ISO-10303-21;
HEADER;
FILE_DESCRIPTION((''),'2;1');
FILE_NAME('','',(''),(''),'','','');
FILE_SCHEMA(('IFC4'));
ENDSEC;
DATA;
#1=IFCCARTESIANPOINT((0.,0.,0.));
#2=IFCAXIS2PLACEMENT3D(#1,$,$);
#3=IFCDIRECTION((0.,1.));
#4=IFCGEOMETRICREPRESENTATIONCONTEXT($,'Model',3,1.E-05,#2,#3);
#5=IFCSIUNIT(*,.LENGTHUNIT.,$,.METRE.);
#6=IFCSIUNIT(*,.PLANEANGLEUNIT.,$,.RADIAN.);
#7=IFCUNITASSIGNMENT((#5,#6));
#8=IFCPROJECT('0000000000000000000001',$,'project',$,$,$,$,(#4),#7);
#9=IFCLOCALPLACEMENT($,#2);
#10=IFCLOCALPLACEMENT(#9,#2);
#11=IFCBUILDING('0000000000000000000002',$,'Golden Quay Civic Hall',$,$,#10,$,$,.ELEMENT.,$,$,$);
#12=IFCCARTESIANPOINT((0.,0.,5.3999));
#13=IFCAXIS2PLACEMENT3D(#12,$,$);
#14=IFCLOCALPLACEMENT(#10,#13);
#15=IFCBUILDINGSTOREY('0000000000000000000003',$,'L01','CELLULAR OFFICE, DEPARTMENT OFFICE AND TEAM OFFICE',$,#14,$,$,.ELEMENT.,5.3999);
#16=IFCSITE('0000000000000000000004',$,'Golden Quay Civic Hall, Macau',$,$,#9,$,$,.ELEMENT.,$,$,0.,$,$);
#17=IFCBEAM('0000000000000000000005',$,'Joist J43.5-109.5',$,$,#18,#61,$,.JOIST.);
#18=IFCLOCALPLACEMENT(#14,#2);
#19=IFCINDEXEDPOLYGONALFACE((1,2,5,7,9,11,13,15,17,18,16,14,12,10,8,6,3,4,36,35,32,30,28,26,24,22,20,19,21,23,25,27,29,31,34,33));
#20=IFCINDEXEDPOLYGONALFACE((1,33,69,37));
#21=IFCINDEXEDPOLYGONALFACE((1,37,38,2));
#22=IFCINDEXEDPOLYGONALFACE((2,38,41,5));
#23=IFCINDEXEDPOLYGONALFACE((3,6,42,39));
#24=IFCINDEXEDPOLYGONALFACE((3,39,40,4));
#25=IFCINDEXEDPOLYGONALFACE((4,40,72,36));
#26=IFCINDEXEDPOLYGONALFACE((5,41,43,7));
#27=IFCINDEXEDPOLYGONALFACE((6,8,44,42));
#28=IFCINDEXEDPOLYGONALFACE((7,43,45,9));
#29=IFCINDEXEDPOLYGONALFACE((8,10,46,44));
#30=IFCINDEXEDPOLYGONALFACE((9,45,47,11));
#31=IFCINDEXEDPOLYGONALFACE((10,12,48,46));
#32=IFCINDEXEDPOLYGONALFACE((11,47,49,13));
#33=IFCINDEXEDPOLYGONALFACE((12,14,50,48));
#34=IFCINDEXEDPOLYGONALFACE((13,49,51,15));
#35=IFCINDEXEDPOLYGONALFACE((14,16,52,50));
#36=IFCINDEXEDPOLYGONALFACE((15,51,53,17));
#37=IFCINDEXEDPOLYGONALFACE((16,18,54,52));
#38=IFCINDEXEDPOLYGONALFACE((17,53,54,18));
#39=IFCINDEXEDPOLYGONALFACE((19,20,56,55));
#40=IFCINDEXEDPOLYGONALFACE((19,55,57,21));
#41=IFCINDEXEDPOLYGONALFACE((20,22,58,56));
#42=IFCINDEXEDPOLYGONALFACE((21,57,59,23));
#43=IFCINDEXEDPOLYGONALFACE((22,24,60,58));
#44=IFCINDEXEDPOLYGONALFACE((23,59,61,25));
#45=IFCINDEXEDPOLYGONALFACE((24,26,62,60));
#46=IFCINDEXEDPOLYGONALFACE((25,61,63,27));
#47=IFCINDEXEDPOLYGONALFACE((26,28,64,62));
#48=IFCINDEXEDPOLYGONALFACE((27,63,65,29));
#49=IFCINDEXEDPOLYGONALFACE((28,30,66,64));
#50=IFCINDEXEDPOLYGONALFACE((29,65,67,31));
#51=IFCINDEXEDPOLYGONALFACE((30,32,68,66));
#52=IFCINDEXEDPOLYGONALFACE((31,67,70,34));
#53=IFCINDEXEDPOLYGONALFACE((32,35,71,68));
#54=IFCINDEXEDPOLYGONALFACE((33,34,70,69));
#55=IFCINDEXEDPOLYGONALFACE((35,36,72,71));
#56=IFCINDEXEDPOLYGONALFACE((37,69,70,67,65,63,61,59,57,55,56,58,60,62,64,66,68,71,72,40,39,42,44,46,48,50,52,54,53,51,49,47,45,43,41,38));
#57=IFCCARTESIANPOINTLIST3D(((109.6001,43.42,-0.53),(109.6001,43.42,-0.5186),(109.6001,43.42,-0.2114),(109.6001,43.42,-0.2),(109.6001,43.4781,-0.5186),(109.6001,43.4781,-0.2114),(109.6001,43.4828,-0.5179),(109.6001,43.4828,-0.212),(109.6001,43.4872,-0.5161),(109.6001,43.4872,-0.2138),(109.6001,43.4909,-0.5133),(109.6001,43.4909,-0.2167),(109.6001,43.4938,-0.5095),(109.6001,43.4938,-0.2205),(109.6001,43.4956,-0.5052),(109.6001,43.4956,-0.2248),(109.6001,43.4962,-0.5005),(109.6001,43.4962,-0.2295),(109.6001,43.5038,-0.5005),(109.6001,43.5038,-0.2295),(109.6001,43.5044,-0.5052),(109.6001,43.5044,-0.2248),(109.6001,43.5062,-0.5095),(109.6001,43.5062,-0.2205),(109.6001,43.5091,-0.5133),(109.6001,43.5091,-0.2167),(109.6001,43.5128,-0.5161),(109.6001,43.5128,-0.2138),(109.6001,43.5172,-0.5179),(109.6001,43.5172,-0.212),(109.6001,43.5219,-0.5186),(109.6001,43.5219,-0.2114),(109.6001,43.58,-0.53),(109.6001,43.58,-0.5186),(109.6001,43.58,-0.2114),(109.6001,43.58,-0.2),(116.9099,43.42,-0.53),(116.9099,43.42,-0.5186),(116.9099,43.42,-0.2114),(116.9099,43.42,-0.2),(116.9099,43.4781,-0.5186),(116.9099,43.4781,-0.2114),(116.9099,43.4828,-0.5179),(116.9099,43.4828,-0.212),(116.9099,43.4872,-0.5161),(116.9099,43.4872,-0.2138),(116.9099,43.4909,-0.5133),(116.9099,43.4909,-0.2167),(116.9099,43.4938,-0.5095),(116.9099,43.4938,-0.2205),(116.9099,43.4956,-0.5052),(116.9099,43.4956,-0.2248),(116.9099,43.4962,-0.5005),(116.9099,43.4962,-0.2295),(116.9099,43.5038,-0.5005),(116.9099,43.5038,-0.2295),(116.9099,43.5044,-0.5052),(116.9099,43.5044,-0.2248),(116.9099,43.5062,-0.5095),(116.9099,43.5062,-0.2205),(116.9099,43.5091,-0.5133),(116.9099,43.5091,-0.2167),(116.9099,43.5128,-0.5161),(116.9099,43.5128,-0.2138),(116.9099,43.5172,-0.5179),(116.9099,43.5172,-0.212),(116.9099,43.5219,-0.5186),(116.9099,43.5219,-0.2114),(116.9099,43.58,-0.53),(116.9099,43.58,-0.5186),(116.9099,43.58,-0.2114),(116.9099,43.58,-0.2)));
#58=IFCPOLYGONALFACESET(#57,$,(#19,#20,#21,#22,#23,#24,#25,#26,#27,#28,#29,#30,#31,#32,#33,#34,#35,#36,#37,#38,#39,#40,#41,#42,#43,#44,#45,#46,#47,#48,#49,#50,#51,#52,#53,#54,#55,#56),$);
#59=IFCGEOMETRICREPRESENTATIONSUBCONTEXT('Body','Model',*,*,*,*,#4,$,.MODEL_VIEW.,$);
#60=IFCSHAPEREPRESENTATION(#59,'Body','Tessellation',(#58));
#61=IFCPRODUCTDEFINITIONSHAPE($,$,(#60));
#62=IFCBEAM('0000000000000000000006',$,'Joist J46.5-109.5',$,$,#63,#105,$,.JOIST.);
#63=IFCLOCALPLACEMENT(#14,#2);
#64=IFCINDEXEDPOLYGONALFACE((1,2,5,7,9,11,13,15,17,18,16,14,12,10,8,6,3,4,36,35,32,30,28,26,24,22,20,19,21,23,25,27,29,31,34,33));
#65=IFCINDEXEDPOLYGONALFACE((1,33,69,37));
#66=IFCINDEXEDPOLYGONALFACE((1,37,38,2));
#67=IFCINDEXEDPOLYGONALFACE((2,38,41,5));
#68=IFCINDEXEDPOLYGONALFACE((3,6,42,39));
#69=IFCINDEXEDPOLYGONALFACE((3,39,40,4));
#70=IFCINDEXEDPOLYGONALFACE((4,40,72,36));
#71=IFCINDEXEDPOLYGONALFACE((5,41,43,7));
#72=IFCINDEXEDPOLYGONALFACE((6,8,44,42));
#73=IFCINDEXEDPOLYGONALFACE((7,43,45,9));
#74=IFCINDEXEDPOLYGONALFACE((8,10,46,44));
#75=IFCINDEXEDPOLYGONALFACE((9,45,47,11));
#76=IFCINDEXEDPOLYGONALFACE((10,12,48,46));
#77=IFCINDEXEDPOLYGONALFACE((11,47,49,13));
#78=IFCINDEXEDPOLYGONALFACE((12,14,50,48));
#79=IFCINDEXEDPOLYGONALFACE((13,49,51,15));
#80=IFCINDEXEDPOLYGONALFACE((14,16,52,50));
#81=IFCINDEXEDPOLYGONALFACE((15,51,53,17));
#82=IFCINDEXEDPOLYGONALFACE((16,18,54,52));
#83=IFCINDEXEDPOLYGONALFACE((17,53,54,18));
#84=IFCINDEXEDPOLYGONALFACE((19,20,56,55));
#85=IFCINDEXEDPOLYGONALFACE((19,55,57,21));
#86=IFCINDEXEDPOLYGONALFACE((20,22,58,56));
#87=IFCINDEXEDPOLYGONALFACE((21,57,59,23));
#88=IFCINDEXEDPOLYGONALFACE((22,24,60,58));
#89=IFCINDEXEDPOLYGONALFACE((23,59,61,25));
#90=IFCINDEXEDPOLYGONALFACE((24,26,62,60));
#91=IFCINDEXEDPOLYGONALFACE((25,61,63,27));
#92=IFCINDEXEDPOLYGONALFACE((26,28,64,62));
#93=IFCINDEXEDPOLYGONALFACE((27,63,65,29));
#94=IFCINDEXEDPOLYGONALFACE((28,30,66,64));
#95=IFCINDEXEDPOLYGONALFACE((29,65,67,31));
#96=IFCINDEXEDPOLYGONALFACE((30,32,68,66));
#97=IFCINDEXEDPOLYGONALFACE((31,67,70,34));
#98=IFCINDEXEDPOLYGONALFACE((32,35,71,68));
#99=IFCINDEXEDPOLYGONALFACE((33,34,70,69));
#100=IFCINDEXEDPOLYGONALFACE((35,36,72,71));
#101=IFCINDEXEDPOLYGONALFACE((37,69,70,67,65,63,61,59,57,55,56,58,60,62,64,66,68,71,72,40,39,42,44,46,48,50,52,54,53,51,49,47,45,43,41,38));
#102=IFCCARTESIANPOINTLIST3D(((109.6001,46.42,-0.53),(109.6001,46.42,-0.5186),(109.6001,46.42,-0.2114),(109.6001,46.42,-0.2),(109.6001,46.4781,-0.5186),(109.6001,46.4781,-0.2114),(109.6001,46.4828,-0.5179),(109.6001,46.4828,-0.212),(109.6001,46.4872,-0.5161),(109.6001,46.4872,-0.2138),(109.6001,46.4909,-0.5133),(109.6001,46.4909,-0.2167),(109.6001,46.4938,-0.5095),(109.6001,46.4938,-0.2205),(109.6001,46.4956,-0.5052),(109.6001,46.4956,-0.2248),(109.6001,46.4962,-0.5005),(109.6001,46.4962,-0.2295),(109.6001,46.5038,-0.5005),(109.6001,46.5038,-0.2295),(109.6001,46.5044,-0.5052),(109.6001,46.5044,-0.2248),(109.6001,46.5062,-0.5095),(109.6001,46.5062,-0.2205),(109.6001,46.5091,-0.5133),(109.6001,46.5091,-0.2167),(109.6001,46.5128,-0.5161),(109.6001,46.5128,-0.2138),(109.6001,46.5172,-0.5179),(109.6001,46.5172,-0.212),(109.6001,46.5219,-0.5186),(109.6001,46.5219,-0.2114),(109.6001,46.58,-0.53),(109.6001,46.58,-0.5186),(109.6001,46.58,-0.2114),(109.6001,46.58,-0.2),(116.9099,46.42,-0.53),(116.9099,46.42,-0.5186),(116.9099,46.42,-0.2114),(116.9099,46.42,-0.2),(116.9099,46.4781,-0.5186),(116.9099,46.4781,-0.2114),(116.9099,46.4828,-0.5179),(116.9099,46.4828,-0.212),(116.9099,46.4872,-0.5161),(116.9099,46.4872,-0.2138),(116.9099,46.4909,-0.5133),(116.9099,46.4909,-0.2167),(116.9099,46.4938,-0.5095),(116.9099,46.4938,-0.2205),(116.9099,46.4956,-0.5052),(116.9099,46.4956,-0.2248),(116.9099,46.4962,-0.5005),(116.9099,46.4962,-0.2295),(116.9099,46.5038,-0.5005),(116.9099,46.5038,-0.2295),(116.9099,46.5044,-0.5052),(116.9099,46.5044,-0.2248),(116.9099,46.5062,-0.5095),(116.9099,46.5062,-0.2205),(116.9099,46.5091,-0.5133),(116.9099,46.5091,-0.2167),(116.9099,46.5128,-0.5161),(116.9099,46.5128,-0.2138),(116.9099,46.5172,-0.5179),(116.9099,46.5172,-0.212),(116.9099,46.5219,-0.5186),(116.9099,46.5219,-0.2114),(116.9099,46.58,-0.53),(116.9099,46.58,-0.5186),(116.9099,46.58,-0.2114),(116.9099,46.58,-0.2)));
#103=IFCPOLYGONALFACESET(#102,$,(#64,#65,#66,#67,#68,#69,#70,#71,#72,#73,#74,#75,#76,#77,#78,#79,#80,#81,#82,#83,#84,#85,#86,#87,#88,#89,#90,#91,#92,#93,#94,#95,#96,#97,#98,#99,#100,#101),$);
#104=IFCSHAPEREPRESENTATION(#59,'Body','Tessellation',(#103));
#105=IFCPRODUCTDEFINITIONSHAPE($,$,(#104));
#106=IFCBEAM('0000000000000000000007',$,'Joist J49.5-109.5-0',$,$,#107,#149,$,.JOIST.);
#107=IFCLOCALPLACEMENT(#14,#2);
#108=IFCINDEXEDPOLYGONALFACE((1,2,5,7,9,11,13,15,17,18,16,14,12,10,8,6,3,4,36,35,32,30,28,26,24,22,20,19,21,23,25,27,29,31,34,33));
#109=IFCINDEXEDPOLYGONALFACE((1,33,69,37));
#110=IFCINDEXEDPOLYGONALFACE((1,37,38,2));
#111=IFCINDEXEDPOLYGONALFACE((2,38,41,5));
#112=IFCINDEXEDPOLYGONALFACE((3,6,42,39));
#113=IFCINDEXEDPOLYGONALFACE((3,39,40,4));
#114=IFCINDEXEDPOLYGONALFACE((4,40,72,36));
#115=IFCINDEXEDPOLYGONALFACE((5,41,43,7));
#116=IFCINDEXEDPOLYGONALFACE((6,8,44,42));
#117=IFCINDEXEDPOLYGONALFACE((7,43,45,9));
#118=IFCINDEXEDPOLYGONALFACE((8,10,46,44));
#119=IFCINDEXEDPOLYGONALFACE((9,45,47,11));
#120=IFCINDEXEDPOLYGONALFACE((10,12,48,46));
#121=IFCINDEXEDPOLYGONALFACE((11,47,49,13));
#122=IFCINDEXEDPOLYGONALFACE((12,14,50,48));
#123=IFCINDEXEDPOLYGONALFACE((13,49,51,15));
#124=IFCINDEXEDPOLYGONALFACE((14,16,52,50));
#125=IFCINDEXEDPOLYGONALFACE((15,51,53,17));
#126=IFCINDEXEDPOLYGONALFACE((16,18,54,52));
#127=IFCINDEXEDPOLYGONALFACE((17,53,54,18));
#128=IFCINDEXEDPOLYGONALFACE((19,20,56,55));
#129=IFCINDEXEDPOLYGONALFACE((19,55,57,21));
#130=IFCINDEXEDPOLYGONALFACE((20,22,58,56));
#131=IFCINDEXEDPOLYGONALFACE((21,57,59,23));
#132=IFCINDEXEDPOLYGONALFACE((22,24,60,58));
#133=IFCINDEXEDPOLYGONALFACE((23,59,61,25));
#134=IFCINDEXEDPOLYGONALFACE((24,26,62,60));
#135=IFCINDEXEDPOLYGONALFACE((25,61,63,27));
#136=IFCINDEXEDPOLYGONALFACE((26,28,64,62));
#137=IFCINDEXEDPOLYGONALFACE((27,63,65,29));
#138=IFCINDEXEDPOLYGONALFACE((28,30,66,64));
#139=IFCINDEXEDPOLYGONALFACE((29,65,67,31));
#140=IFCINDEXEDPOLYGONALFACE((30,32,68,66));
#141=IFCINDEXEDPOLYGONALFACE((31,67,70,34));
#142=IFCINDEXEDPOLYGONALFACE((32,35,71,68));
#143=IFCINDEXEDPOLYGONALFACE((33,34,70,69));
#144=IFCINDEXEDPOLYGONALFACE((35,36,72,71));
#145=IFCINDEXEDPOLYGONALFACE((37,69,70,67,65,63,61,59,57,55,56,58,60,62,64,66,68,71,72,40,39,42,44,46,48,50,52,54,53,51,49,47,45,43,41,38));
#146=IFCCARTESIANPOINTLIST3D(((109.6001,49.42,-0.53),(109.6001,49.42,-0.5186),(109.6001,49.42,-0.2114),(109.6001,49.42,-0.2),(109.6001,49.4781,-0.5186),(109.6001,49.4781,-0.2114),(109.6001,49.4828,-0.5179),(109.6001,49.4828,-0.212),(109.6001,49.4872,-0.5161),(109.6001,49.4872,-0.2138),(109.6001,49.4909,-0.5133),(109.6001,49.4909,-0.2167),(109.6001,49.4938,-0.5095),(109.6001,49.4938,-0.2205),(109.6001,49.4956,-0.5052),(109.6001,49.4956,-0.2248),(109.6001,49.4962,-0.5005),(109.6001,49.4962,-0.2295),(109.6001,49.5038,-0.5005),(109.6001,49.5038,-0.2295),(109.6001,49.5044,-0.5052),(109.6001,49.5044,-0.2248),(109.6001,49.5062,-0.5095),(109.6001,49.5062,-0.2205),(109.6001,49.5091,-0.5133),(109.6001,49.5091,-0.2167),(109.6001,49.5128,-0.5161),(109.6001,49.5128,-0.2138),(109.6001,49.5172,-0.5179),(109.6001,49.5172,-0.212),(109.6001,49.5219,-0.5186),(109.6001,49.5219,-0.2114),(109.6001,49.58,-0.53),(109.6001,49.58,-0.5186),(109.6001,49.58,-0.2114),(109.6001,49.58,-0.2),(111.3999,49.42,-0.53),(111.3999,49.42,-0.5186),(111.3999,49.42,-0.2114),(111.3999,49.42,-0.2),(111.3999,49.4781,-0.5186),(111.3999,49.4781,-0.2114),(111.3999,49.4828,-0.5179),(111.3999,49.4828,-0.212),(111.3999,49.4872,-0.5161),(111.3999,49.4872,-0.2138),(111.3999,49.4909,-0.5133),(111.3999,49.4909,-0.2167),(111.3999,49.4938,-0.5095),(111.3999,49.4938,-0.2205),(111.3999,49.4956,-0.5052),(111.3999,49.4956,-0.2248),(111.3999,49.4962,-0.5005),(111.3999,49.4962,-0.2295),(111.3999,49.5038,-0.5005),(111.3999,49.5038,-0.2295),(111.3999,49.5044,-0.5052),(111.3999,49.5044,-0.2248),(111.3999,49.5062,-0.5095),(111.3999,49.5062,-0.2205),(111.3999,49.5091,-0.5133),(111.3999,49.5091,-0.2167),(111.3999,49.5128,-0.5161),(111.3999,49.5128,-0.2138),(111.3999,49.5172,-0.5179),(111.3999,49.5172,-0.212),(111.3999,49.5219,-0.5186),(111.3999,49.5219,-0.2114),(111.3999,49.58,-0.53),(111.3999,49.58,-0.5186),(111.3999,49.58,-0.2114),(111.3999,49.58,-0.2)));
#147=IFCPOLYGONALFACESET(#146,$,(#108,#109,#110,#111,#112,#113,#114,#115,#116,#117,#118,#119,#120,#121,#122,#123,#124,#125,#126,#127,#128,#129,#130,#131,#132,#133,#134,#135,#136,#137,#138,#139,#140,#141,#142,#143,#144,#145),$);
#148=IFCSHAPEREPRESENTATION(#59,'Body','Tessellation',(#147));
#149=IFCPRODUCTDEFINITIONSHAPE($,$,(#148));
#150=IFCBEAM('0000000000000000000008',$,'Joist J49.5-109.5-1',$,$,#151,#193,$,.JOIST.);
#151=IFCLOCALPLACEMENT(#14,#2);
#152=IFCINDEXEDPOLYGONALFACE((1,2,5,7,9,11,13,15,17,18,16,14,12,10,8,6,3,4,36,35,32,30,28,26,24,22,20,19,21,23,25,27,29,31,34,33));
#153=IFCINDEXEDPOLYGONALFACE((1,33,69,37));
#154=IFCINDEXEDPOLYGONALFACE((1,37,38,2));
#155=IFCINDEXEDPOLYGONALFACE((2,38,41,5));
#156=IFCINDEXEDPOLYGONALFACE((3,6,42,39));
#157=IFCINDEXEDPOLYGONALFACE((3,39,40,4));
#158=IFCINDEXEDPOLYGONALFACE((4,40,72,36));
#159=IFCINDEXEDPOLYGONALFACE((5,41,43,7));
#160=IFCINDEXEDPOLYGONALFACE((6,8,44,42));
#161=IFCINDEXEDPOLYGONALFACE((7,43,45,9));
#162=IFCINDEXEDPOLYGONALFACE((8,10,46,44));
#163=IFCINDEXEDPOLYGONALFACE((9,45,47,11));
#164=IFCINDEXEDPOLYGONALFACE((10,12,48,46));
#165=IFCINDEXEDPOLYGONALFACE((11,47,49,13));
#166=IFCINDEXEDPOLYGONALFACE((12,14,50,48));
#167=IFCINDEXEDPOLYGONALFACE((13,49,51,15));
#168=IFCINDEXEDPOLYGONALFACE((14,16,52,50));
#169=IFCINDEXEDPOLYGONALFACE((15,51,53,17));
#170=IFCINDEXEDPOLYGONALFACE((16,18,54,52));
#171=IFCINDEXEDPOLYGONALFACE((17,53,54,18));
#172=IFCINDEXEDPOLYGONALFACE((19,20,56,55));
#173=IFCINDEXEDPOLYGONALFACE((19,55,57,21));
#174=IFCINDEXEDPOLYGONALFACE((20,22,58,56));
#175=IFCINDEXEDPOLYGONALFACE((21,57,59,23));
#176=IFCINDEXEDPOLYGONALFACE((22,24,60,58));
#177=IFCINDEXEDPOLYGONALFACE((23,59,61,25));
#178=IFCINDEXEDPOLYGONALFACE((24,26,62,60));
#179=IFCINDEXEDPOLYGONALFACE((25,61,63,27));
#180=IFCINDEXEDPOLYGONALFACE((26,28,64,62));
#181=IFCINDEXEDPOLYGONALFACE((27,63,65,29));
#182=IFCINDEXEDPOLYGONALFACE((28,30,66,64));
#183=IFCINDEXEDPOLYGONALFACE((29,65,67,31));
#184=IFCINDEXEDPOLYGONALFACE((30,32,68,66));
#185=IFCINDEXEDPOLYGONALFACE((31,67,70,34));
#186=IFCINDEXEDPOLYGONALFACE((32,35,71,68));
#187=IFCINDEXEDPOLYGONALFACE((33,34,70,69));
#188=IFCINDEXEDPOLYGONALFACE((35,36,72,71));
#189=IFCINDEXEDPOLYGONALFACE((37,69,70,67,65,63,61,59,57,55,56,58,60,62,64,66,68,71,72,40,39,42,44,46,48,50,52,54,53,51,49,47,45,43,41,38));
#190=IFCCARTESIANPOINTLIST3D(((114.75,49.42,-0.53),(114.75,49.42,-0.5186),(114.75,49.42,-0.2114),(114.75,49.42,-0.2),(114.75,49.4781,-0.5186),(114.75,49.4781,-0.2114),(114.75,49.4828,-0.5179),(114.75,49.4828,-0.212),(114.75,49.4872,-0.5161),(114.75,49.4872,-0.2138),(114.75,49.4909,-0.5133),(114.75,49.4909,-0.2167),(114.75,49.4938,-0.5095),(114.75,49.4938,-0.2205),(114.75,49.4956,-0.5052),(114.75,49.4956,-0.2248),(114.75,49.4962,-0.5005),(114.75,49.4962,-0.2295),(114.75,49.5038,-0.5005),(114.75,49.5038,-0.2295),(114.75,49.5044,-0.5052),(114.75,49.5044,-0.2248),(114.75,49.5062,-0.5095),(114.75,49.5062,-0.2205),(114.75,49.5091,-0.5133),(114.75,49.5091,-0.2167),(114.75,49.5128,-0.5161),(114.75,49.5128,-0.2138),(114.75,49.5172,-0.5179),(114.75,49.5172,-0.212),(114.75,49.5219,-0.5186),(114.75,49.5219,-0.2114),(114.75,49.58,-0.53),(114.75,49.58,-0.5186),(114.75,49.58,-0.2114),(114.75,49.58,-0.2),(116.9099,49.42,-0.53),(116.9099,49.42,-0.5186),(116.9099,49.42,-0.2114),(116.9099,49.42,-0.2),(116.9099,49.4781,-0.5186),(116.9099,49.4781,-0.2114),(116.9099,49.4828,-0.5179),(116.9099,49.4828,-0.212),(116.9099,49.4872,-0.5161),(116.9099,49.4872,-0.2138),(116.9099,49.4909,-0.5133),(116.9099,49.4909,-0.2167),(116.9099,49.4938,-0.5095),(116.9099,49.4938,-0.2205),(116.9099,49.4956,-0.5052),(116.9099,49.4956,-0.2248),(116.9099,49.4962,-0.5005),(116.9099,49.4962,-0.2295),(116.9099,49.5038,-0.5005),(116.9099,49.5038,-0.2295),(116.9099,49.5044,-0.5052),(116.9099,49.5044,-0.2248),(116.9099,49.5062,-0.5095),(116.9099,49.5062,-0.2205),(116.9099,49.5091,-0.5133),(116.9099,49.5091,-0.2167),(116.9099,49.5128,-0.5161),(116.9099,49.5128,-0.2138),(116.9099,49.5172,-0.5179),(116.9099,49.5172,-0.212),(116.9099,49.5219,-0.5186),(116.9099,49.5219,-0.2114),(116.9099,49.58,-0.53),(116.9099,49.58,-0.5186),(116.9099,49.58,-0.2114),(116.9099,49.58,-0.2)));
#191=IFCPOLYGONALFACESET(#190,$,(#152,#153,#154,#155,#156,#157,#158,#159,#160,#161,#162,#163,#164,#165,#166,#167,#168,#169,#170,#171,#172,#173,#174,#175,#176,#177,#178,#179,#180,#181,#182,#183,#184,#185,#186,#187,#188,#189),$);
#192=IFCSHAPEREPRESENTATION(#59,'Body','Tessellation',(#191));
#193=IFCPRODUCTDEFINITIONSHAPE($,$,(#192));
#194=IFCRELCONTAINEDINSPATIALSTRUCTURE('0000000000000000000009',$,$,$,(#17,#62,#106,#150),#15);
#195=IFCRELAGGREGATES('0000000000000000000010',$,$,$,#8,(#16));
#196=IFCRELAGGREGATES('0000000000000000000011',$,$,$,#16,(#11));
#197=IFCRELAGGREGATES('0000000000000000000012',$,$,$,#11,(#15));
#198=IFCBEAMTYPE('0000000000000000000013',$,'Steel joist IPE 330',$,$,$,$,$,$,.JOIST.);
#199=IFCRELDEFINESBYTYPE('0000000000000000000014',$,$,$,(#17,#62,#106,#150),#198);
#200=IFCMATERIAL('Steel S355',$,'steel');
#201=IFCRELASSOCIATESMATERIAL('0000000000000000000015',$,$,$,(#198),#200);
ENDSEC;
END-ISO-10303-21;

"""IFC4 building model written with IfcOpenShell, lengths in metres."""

from ifc_helpers import new_model, si_unit, direction, frame, origin, origin_2d, place, context, subcontext, project, spatial, i_section, extrude, material, material_profile, profile_set, type_object, element, save


model = new_model("IFC4")

# Units and contexts
model_context = context("Model", 3, precision=1e-05, world=origin(), true_north=direction((0.0, 1.0)))
body_context = subcontext(model_context, "Body", "Model", "MODEL_VIEW")
ifc_project = project(units=[si_unit("LENGTHUNIT", "METRE"), si_unit("PLANEANGLEUNIT", "RADIAN")], contexts=[model_context])

# Site, building, storey
site_placement = place(None, origin())
site = spatial("IfcSite", under=ifc_project, at=site_placement, Name="Golden Quay Civic Hall, Macau", CompositionType="ELEMENT", RefElevation=0.0)
building_placement = place(site_placement, origin())
building = spatial("IfcBuilding", under=site, at=building_placement, Name="Golden Quay Civic Hall", CompositionType="ELEMENT")
storey_placement = place(building_placement, frame((0.0, 0.0, 5.3999)))
storey = spatial("IfcBuildingStorey", under=building, at=storey_placement, Name="L01", Description="CELLULAR OFFICE, DEPARTMENT OFFICE AND TEAM OFFICE", CompositionType="ELEMENT", Elevation=5.3999)

# Beams
ifc_material_1 = material(Name="Steel S355", Category="steel")
ifc_material_profile_1 = material_profile(ifc_material_1, i_section(OverallWidth=0.1599, OverallDepth=0.3301, WebThickness=0.0076, FlangeThickness=0.0115, FilletRadius=0.0181, at=origin_2d()), Name="IPE 330")
ifc_profile_set_1 = profile_set([ifc_material_profile_1], Name="Steel S355")
beam_type_1 = type_object("IfcBeamType", Name="Steel joist IPE 330", PredefinedType="JOIST", material=ifc_profile_set_1)
for number, where, z_axis, x_axis, name in (
    (1, (109.6001, 43.5, -0.365), (1.0, 0.0, 0.0), (0.0, 1.0, 0.0), "Joist J43.5-109.5"),
    (2, (109.6001, 46.5, -0.365), (1.0, 0.0, 0.0), (0.0, 1.0, 0.0), "Joist J46.5-109.5"),
):
    element("IfcBeam", number, at=place(storey_placement, frame(where, z_axis=z_axis, x_axis=x_axis)), inside=storey, type_object=beam_type_1, Name=name, PredefinedType="JOIST", context=body_context, shape_type="SweptSolid", body=[
        extrude(i_section(OverallWidth=0.1599, OverallDepth=0.3301, WebThickness=0.0076, FlangeThickness=0.0115, FilletRadius=0.0181, at=origin_2d()), origin(), (0.0, 0.0, 1.0), 7.3098),
    ])
beam_1_placement = place(storey_placement, frame((109.6001, 49.5, -0.365), z_axis=(1.0, 0.0, 0.0), x_axis=(0.0, 1.0, 0.0)))
element("IfcBeam", 3, at=beam_1_placement, inside=storey, type_object=beam_type_1, Name="Joist J49.5-109.5-0", PredefinedType="JOIST", context=body_context, shape_type="SweptSolid", body=[
    extrude(i_section(OverallWidth=0.1599, OverallDepth=0.3301, WebThickness=0.0076, FlangeThickness=0.0115, FilletRadius=0.0181, at=origin_2d()), origin(), (0.0, 0.0, 1.0), 1.7998),
])
beam_2_placement = place(storey_placement, frame((114.75, 49.5, -0.365), z_axis=(1.0, 0.0, 0.0), x_axis=(0.0, 1.0, 0.0)))
element("IfcBeam", 4, at=beam_2_placement, inside=storey, type_object=beam_type_1, Name="Joist J49.5-109.5-1", PredefinedType="JOIST", context=body_context, shape_type="SweptSolid", body=[
    extrude(i_section(OverallWidth=0.1599, OverallDepth=0.3301, WebThickness=0.0076, FlangeThickness=0.0115, FilletRadius=0.0181, at=origin_2d()), origin(), (0.0, 0.0, 1.0), 2.1599),
])

save(model, "model.ifc")
